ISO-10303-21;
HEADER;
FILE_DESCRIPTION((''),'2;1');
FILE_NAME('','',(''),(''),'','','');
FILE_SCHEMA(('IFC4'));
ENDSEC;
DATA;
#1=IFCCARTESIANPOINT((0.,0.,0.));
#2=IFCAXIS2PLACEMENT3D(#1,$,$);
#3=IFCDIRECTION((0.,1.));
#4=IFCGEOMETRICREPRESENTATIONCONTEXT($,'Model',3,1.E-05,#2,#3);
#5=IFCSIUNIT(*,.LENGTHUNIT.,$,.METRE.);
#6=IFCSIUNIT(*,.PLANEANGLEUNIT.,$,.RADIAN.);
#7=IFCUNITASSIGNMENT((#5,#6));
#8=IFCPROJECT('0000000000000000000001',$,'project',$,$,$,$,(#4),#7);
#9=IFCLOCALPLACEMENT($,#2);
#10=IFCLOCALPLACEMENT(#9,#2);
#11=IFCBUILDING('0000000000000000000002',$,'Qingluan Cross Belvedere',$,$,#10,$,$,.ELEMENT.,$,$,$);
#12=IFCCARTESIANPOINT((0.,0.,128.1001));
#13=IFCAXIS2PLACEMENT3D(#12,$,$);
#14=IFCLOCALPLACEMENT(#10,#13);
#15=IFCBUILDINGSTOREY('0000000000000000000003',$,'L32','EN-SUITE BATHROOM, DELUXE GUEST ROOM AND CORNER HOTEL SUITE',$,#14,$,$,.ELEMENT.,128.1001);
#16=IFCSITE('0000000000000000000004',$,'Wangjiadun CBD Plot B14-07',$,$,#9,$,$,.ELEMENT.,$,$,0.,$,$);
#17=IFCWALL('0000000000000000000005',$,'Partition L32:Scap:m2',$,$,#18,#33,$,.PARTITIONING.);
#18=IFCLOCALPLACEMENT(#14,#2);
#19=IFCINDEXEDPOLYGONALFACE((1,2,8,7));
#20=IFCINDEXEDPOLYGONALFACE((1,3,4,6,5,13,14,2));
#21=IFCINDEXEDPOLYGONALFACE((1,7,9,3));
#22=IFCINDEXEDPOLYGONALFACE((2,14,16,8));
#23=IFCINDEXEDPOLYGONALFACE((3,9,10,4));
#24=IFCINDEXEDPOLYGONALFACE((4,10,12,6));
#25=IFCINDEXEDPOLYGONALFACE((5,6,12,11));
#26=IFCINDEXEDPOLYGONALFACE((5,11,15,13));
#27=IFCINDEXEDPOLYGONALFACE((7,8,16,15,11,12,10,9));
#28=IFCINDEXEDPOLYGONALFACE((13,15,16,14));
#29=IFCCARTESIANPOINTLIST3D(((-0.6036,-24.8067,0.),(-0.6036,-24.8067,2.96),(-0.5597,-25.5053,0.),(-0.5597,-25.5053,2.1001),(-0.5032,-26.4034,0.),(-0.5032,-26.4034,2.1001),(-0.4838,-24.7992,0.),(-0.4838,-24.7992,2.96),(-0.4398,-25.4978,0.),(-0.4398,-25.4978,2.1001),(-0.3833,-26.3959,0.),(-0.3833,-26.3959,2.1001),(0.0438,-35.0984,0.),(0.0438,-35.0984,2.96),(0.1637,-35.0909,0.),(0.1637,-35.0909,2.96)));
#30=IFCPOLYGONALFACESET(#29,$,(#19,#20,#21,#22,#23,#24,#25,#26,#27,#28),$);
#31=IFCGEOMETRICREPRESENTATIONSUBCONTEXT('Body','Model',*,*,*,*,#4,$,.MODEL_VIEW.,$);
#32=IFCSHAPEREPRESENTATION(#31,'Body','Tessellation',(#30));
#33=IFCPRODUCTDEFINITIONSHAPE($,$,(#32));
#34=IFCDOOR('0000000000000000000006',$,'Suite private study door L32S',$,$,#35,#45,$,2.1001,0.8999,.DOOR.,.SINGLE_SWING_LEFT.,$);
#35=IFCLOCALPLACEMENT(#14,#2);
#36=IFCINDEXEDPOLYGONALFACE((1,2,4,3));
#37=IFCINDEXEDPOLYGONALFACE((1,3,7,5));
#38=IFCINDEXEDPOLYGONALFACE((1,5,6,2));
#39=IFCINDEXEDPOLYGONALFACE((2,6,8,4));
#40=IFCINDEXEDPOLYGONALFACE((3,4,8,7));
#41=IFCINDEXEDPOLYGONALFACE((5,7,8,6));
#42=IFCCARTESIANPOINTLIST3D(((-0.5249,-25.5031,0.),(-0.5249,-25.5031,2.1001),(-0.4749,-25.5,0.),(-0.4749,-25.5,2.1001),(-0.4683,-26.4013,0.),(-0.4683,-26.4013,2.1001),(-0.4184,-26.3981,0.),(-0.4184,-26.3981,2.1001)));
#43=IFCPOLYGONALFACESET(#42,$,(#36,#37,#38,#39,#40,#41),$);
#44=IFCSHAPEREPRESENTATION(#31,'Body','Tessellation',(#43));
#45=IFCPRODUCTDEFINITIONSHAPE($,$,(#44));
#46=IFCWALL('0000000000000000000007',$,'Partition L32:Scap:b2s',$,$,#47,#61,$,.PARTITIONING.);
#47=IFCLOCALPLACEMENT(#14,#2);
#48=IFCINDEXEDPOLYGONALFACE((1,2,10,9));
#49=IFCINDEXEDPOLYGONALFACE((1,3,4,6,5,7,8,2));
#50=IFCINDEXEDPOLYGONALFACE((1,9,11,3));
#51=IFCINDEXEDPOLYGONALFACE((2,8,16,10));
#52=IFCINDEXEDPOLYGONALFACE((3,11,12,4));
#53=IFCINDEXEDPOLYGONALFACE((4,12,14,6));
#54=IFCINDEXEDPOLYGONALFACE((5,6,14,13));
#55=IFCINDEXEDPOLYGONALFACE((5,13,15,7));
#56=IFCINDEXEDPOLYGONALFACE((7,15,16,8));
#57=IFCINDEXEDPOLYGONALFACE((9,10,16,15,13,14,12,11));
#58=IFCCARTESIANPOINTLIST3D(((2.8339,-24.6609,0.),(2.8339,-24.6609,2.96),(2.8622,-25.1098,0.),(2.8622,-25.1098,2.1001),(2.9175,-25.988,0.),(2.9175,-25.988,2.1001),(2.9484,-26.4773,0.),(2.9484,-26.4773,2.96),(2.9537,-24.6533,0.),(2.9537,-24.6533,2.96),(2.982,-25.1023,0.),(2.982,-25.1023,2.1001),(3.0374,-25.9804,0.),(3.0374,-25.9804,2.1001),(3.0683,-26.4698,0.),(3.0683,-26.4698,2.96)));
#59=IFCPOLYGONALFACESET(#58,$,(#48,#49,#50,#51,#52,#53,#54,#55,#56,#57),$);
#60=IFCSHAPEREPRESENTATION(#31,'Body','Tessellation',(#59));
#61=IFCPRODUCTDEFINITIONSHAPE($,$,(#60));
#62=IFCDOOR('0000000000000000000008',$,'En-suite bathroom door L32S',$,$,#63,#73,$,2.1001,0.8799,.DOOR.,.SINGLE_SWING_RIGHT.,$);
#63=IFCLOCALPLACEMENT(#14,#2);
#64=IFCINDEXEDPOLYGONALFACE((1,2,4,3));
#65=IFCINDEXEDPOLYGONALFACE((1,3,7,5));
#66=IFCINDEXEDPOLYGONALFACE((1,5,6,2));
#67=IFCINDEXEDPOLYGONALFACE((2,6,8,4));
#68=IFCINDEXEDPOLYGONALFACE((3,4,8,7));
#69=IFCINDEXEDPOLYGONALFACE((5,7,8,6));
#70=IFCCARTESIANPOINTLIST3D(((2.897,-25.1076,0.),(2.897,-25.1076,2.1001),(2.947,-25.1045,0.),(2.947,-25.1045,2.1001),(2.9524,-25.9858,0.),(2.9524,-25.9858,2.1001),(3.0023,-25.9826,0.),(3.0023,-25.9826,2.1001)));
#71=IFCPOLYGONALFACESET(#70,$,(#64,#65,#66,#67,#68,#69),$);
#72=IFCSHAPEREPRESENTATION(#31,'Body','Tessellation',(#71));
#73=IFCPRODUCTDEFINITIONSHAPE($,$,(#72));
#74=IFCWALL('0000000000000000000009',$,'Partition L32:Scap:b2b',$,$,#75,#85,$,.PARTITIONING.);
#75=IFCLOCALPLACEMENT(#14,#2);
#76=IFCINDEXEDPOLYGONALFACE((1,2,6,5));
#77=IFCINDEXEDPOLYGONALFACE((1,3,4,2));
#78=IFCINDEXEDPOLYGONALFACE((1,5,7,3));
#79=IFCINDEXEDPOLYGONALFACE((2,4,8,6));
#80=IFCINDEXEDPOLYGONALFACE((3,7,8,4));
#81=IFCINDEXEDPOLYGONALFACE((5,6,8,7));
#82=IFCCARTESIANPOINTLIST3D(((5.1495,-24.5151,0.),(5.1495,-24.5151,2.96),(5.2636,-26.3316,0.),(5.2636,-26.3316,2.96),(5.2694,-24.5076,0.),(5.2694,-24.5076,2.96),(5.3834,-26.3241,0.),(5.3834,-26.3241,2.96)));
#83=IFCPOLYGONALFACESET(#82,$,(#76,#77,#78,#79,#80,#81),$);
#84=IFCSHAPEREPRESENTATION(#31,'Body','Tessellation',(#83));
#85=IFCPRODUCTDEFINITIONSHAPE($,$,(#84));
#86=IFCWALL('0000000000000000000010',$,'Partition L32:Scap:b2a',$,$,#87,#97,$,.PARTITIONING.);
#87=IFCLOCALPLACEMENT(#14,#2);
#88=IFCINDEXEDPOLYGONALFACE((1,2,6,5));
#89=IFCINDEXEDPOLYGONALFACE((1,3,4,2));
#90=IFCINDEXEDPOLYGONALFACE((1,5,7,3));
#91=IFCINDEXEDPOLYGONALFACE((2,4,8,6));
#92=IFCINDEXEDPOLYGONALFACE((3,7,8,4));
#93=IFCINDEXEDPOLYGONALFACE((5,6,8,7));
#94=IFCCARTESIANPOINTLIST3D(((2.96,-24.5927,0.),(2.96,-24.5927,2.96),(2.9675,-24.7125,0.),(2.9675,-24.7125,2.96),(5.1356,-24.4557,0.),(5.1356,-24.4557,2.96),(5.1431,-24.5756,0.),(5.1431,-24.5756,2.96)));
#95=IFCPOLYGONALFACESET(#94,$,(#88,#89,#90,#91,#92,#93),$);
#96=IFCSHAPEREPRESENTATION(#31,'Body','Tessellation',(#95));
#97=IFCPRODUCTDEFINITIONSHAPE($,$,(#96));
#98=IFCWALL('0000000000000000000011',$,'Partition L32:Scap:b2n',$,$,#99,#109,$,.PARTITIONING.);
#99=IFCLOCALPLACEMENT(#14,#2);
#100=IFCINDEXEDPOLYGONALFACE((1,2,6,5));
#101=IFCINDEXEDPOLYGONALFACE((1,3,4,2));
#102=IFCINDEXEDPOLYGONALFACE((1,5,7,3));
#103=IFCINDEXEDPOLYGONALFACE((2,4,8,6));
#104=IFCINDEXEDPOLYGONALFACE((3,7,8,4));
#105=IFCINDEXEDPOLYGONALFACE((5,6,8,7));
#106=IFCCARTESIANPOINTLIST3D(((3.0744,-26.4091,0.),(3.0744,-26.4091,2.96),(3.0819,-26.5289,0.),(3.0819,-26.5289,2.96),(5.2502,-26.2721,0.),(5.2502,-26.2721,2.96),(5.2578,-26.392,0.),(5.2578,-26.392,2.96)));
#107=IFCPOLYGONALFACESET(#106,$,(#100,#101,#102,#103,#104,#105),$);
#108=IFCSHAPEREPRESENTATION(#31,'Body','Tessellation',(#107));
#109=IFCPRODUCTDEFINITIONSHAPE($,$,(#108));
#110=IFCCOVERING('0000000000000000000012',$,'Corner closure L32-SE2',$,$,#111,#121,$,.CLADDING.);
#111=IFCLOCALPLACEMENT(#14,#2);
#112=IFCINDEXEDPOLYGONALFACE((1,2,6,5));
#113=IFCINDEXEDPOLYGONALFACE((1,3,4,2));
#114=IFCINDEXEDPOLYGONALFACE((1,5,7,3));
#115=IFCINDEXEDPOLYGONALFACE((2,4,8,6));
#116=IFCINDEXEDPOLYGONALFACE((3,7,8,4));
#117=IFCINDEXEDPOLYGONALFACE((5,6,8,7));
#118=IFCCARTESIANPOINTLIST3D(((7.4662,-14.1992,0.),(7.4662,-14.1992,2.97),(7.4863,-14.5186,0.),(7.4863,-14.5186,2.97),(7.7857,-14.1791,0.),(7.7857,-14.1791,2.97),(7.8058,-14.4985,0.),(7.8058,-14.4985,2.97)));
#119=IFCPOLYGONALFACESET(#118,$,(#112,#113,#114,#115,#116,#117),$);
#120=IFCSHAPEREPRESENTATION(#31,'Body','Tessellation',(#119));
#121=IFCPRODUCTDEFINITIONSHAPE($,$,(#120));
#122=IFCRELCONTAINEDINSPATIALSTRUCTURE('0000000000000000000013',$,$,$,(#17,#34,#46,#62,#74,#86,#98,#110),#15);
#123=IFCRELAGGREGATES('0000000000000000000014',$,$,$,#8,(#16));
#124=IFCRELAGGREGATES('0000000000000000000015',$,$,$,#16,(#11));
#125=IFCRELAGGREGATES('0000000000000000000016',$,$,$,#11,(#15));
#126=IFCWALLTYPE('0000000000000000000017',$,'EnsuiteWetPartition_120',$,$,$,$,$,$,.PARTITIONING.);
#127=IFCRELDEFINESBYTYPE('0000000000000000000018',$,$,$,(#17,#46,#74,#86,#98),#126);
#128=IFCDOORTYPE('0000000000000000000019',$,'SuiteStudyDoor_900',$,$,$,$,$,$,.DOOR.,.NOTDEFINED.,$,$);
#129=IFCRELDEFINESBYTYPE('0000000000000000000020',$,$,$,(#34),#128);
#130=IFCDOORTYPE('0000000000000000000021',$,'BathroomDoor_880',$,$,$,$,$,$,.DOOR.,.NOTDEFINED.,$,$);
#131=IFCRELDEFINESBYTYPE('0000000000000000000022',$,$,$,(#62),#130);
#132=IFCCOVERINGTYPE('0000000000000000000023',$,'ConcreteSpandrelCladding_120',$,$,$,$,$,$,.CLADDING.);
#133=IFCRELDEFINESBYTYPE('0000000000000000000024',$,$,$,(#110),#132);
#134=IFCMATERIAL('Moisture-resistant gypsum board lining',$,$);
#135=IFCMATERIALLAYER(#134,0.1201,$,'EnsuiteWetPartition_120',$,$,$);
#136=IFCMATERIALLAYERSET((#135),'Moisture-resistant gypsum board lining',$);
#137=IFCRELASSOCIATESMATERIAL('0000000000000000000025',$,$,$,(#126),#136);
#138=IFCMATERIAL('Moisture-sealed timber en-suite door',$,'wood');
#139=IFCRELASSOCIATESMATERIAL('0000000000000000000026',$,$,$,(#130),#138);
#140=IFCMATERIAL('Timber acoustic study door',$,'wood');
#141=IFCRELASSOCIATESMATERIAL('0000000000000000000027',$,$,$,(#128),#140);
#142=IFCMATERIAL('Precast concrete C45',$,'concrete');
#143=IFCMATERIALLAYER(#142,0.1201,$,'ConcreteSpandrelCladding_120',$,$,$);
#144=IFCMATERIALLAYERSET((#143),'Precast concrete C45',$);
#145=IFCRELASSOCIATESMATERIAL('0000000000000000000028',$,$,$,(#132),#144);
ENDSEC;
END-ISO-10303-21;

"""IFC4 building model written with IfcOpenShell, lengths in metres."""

from ifc_helpers import new_model, si_unit, direction, frame, frame_2d, origin, origin_2d, place, context, subcontext, project, spatial, rectangle, extrude, material, layer, layer_set, type_object, element, fill, save


model = new_model("IFC4")

# Units and contexts
model_context = context("Model", 3, precision=1e-05, world=origin(), true_north=direction((0.0, 1.0)))
body_context = subcontext(model_context, "Body", "Model", "MODEL_VIEW")
ifc_project = project(units=[si_unit("LENGTHUNIT", "METRE"), si_unit("PLANEANGLEUNIT", "RADIAN")], contexts=[model_context])

# Site, building, storey
site_placement = place(None, origin())
site = spatial("IfcSite", under=ifc_project, at=site_placement, Name="Wangjiadun CBD Plot B14-07", CompositionType="ELEMENT", RefElevation=0.0)
building_placement = place(site_placement, origin())
building = spatial("IfcBuilding", under=site, at=building_placement, Name="Qingluan Cross Belvedere", CompositionType="ELEMENT")
storey_placement = place(building_placement, frame((0.0, 0.0, 128.1001)))
storey = spatial("IfcBuildingStorey", under=building, at=storey_placement, Name="L32", Description="EN-SUITE BATHROOM, DELUXE GUEST ROOM AND CORNER HOTEL SUITE", CompositionType="ELEMENT", Elevation=128.1001)

# Shared definitions
ifc_material_1 = material(Name="Moisture-resistant gypsum board lining")
ifc_layer_1 = layer(ifc_material_1, 0.1201, Name="EnsuiteWetPartition_120")
ifc_layer_set_1 = layer_set([ifc_layer_1], Name="Moisture-resistant gypsum board lining")
wall_type_1 = type_object("IfcWallType", Name="EnsuiteWetPartition_120", PredefinedType="PARTITIONING", material=ifc_layer_set_1)
ifc_material_2 = material(Name="Moisture-sealed timber en-suite door", Category="wood")
door_type_1 = type_object("IfcDoorType", Name="BathroomDoor_880", OperationType="NOTDEFINED", PredefinedType="DOOR", material=ifc_material_2)

# Walls, openings, doors
wall_1_placement = place(storey_placement, frame((-0.5437, -24.803, 0.0), z_axis=(0.0, 0.0, 1.0), x_axis=(0.062787, -0.998027, 0.0)))
wall_1 = element("IfcWall", 1, at=wall_1_placement, inside=storey, type_object=wall_type_1, Name="Partition L32:Scap:m2", PredefinedType="PARTITIONING", context=body_context, shape_type="SweptSolid", body=[
    extrude(rectangle(XDim=10.312, YDim=0.1201, at=frame_2d((5.156, 0.0))), origin(), (0.0, 0.0, 1.0), 2.96),
])
opening_1_placement = place(wall_1_placement, frame((0.7, 0.0, 0.0)))
opening_1 = element("IfcOpeningElement", 2, at=opening_1_placement, cuts=wall_1, PredefinedType="OPENING", context=body_context, shape_type="SweptSolid", body=[
    extrude(rectangle(XDim=0.8999, YDim=2.1001, at=frame_2d((0.45, 1.05))), frame((0.0, 0.0701, 0.0), z_axis=(0.0, -1.0, 0.0), x_axis=(1.0, 0.0, 0.0)), (0.0, 0.0, 1.0), 0.1401),
])
ifc_material_3 = material(Name="Timber acoustic study door", Category="wood")
door_type_2 = type_object("IfcDoorType", Name="SuiteStudyDoor_900", OperationType="NOTDEFINED", PredefinedType="DOOR", material=ifc_material_3)
door_1_placement = place(opening_1_placement, origin())
door_1 = element("IfcDoor", 3, at=door_1_placement, inside=storey, type_object=door_type_2, Name="Suite private study door L32S", OperationType="SINGLE_SWING_LEFT", OverallHeight=2.1001, OverallWidth=0.8999, PredefinedType="DOOR", context=body_context, shape_type="SweptSolid", body=[
    extrude(rectangle(XDim=0.8999, YDim=2.1001, at=frame_2d((0.45, 1.05))), frame((0.0, 0.0249, 0.0), z_axis=(0.0, -1.0, 0.0), x_axis=(1.0, 0.0, 0.0)), (0.0, 0.0, 1.0), 0.05),
])
fill(opening_1, door_1)
wall_2_placement = place(storey_placement, frame((2.8938, -24.657, 0.0), z_axis=(0.0, 0.0, 1.0), x_axis=(0.062913, -0.998019, 0.0)))
wall_2 = element("IfcWall", 4, at=wall_2_placement, inside=storey, type_object=wall_type_1, Name="Partition L32:Scap:b2s", PredefinedType="PARTITIONING", context=body_context, shape_type="SweptSolid", body=[
    extrude(rectangle(XDim=1.8201, YDim=0.1201, at=frame_2d((0.9102, 0.0))), origin(), (0.0, 0.0, 1.0), 2.96),
])
opening_2_placement = place(wall_2_placement, frame((0.45, 0.0, 0.0)))
opening_2 = element("IfcOpeningElement", 5, at=opening_2_placement, cuts=wall_2, PredefinedType="OPENING", context=body_context, shape_type="SweptSolid", body=[
    extrude(rectangle(XDim=0.8799, YDim=2.1001, at=frame_2d((0.4399, 1.05))), frame((0.0, 0.0701, 0.0), z_axis=(0.0, -1.0, 0.0), x_axis=(1.0, 0.0, 0.0)), (0.0, 0.0, 1.0), 0.1401),
])
door_2_placement = place(opening_2_placement, origin())
door_2 = element("IfcDoor", 6, at=door_2_placement, inside=storey, type_object=door_type_1, Name="En-suite bathroom door L32S", OperationType="SINGLE_SWING_RIGHT", OverallHeight=2.1001, OverallWidth=0.8799, PredefinedType="DOOR", context=body_context, shape_type="SweptSolid", body=[
    extrude(rectangle(XDim=0.8799, YDim=2.1001, at=frame_2d((0.4399, 1.05))), frame((0.0, 0.0249, 0.0), z_axis=(0.0, -1.0, 0.0), x_axis=(1.0, 0.0, 0.0)), (0.0, 0.0, 1.0), 0.05),
])
fill(opening_2, door_2)

# Walls
wall_3_placement = place(storey_placement, frame((5.2095, -24.5112, 0.0), z_axis=(0.0, 0.0, 1.0), x_axis=(0.062646, -0.998036, 0.0)))
element("IfcWall", 7, at=wall_3_placement, inside=storey, type_object=wall_type_1, Name="Partition L32:Scap:b2b", PredefinedType="PARTITIONING", context=body_context, shape_type="SweptSolid", body=[
    extrude(rectangle(XDim=1.8201, YDim=0.1201, at=frame_2d((0.9102, 0.0))), origin(), (0.0, 0.0, 1.0), 2.96),
])
wall_4_placement = place(storey_placement, frame((2.9639, -24.6526, 0.0), z_axis=(0.0, 0.0, 1.0), x_axis=(0.998024, 0.062832, 0.0)))
element("IfcWall", 8, at=wall_4_placement, inside=storey, type_object=wall_type_1, Name="Partition L32:Scap:b2a", PredefinedType="PARTITIONING", context=body_context, shape_type="SweptSolid", body=[
    extrude(rectangle(XDim=2.1799, YDim=0.1201, at=frame_2d((1.0898, 0.0))), origin(), (0.0, 0.0, 1.0), 2.96),
])
wall_5_placement = place(storey_placement, frame((3.0781, -26.469, 0.0), z_axis=(0.0, 0.0, 1.0), x_axis=(0.998025, 0.062824, 0.0)))
element("IfcWall", 9, at=wall_5_placement, inside=storey, type_object=wall_type_1, Name="Partition L32:Scap:b2n", PredefinedType="PARTITIONING", context=body_context, shape_type="SweptSolid", body=[
    extrude(rectangle(XDim=2.1802, YDim=0.1201, at=frame_2d((1.0901, 0.0))), origin(), (0.0, 0.0, 1.0), 2.96),
])

# Covering
ifc_material_4 = material(Name="Precast concrete C45", Category="concrete")
ifc_layer_2 = layer(ifc_material_4, 0.1201, Name="ConcreteSpandrelCladding_120")
ifc_layer_set_2 = layer_set([ifc_layer_2], Name="Precast concrete C45")
covering_type = type_object("IfcCoveringType", Name="ConcreteSpandrelCladding_120", PredefinedType="CLADDING", material=ifc_layer_set_2)
covering_placement = place(storey_placement, frame((7.636, -14.3489, 0.0), z_axis=(0.0, 0.0, 1.0), x_axis=(0.998027, 0.062791, 0.0)))
element("IfcCovering", 10, at=covering_placement, inside=storey, type_object=covering_type, Name="Corner closure L32-SE2", PredefinedType="CLADDING", context=body_context, shape_type="SweptSolid", body=[
    extrude(rectangle(XDim=0.3201, YDim=0.3201, at=origin_2d()), origin(), (0.0, 0.0, 1.0), 2.97),
])

save(model, "model.ifc")
